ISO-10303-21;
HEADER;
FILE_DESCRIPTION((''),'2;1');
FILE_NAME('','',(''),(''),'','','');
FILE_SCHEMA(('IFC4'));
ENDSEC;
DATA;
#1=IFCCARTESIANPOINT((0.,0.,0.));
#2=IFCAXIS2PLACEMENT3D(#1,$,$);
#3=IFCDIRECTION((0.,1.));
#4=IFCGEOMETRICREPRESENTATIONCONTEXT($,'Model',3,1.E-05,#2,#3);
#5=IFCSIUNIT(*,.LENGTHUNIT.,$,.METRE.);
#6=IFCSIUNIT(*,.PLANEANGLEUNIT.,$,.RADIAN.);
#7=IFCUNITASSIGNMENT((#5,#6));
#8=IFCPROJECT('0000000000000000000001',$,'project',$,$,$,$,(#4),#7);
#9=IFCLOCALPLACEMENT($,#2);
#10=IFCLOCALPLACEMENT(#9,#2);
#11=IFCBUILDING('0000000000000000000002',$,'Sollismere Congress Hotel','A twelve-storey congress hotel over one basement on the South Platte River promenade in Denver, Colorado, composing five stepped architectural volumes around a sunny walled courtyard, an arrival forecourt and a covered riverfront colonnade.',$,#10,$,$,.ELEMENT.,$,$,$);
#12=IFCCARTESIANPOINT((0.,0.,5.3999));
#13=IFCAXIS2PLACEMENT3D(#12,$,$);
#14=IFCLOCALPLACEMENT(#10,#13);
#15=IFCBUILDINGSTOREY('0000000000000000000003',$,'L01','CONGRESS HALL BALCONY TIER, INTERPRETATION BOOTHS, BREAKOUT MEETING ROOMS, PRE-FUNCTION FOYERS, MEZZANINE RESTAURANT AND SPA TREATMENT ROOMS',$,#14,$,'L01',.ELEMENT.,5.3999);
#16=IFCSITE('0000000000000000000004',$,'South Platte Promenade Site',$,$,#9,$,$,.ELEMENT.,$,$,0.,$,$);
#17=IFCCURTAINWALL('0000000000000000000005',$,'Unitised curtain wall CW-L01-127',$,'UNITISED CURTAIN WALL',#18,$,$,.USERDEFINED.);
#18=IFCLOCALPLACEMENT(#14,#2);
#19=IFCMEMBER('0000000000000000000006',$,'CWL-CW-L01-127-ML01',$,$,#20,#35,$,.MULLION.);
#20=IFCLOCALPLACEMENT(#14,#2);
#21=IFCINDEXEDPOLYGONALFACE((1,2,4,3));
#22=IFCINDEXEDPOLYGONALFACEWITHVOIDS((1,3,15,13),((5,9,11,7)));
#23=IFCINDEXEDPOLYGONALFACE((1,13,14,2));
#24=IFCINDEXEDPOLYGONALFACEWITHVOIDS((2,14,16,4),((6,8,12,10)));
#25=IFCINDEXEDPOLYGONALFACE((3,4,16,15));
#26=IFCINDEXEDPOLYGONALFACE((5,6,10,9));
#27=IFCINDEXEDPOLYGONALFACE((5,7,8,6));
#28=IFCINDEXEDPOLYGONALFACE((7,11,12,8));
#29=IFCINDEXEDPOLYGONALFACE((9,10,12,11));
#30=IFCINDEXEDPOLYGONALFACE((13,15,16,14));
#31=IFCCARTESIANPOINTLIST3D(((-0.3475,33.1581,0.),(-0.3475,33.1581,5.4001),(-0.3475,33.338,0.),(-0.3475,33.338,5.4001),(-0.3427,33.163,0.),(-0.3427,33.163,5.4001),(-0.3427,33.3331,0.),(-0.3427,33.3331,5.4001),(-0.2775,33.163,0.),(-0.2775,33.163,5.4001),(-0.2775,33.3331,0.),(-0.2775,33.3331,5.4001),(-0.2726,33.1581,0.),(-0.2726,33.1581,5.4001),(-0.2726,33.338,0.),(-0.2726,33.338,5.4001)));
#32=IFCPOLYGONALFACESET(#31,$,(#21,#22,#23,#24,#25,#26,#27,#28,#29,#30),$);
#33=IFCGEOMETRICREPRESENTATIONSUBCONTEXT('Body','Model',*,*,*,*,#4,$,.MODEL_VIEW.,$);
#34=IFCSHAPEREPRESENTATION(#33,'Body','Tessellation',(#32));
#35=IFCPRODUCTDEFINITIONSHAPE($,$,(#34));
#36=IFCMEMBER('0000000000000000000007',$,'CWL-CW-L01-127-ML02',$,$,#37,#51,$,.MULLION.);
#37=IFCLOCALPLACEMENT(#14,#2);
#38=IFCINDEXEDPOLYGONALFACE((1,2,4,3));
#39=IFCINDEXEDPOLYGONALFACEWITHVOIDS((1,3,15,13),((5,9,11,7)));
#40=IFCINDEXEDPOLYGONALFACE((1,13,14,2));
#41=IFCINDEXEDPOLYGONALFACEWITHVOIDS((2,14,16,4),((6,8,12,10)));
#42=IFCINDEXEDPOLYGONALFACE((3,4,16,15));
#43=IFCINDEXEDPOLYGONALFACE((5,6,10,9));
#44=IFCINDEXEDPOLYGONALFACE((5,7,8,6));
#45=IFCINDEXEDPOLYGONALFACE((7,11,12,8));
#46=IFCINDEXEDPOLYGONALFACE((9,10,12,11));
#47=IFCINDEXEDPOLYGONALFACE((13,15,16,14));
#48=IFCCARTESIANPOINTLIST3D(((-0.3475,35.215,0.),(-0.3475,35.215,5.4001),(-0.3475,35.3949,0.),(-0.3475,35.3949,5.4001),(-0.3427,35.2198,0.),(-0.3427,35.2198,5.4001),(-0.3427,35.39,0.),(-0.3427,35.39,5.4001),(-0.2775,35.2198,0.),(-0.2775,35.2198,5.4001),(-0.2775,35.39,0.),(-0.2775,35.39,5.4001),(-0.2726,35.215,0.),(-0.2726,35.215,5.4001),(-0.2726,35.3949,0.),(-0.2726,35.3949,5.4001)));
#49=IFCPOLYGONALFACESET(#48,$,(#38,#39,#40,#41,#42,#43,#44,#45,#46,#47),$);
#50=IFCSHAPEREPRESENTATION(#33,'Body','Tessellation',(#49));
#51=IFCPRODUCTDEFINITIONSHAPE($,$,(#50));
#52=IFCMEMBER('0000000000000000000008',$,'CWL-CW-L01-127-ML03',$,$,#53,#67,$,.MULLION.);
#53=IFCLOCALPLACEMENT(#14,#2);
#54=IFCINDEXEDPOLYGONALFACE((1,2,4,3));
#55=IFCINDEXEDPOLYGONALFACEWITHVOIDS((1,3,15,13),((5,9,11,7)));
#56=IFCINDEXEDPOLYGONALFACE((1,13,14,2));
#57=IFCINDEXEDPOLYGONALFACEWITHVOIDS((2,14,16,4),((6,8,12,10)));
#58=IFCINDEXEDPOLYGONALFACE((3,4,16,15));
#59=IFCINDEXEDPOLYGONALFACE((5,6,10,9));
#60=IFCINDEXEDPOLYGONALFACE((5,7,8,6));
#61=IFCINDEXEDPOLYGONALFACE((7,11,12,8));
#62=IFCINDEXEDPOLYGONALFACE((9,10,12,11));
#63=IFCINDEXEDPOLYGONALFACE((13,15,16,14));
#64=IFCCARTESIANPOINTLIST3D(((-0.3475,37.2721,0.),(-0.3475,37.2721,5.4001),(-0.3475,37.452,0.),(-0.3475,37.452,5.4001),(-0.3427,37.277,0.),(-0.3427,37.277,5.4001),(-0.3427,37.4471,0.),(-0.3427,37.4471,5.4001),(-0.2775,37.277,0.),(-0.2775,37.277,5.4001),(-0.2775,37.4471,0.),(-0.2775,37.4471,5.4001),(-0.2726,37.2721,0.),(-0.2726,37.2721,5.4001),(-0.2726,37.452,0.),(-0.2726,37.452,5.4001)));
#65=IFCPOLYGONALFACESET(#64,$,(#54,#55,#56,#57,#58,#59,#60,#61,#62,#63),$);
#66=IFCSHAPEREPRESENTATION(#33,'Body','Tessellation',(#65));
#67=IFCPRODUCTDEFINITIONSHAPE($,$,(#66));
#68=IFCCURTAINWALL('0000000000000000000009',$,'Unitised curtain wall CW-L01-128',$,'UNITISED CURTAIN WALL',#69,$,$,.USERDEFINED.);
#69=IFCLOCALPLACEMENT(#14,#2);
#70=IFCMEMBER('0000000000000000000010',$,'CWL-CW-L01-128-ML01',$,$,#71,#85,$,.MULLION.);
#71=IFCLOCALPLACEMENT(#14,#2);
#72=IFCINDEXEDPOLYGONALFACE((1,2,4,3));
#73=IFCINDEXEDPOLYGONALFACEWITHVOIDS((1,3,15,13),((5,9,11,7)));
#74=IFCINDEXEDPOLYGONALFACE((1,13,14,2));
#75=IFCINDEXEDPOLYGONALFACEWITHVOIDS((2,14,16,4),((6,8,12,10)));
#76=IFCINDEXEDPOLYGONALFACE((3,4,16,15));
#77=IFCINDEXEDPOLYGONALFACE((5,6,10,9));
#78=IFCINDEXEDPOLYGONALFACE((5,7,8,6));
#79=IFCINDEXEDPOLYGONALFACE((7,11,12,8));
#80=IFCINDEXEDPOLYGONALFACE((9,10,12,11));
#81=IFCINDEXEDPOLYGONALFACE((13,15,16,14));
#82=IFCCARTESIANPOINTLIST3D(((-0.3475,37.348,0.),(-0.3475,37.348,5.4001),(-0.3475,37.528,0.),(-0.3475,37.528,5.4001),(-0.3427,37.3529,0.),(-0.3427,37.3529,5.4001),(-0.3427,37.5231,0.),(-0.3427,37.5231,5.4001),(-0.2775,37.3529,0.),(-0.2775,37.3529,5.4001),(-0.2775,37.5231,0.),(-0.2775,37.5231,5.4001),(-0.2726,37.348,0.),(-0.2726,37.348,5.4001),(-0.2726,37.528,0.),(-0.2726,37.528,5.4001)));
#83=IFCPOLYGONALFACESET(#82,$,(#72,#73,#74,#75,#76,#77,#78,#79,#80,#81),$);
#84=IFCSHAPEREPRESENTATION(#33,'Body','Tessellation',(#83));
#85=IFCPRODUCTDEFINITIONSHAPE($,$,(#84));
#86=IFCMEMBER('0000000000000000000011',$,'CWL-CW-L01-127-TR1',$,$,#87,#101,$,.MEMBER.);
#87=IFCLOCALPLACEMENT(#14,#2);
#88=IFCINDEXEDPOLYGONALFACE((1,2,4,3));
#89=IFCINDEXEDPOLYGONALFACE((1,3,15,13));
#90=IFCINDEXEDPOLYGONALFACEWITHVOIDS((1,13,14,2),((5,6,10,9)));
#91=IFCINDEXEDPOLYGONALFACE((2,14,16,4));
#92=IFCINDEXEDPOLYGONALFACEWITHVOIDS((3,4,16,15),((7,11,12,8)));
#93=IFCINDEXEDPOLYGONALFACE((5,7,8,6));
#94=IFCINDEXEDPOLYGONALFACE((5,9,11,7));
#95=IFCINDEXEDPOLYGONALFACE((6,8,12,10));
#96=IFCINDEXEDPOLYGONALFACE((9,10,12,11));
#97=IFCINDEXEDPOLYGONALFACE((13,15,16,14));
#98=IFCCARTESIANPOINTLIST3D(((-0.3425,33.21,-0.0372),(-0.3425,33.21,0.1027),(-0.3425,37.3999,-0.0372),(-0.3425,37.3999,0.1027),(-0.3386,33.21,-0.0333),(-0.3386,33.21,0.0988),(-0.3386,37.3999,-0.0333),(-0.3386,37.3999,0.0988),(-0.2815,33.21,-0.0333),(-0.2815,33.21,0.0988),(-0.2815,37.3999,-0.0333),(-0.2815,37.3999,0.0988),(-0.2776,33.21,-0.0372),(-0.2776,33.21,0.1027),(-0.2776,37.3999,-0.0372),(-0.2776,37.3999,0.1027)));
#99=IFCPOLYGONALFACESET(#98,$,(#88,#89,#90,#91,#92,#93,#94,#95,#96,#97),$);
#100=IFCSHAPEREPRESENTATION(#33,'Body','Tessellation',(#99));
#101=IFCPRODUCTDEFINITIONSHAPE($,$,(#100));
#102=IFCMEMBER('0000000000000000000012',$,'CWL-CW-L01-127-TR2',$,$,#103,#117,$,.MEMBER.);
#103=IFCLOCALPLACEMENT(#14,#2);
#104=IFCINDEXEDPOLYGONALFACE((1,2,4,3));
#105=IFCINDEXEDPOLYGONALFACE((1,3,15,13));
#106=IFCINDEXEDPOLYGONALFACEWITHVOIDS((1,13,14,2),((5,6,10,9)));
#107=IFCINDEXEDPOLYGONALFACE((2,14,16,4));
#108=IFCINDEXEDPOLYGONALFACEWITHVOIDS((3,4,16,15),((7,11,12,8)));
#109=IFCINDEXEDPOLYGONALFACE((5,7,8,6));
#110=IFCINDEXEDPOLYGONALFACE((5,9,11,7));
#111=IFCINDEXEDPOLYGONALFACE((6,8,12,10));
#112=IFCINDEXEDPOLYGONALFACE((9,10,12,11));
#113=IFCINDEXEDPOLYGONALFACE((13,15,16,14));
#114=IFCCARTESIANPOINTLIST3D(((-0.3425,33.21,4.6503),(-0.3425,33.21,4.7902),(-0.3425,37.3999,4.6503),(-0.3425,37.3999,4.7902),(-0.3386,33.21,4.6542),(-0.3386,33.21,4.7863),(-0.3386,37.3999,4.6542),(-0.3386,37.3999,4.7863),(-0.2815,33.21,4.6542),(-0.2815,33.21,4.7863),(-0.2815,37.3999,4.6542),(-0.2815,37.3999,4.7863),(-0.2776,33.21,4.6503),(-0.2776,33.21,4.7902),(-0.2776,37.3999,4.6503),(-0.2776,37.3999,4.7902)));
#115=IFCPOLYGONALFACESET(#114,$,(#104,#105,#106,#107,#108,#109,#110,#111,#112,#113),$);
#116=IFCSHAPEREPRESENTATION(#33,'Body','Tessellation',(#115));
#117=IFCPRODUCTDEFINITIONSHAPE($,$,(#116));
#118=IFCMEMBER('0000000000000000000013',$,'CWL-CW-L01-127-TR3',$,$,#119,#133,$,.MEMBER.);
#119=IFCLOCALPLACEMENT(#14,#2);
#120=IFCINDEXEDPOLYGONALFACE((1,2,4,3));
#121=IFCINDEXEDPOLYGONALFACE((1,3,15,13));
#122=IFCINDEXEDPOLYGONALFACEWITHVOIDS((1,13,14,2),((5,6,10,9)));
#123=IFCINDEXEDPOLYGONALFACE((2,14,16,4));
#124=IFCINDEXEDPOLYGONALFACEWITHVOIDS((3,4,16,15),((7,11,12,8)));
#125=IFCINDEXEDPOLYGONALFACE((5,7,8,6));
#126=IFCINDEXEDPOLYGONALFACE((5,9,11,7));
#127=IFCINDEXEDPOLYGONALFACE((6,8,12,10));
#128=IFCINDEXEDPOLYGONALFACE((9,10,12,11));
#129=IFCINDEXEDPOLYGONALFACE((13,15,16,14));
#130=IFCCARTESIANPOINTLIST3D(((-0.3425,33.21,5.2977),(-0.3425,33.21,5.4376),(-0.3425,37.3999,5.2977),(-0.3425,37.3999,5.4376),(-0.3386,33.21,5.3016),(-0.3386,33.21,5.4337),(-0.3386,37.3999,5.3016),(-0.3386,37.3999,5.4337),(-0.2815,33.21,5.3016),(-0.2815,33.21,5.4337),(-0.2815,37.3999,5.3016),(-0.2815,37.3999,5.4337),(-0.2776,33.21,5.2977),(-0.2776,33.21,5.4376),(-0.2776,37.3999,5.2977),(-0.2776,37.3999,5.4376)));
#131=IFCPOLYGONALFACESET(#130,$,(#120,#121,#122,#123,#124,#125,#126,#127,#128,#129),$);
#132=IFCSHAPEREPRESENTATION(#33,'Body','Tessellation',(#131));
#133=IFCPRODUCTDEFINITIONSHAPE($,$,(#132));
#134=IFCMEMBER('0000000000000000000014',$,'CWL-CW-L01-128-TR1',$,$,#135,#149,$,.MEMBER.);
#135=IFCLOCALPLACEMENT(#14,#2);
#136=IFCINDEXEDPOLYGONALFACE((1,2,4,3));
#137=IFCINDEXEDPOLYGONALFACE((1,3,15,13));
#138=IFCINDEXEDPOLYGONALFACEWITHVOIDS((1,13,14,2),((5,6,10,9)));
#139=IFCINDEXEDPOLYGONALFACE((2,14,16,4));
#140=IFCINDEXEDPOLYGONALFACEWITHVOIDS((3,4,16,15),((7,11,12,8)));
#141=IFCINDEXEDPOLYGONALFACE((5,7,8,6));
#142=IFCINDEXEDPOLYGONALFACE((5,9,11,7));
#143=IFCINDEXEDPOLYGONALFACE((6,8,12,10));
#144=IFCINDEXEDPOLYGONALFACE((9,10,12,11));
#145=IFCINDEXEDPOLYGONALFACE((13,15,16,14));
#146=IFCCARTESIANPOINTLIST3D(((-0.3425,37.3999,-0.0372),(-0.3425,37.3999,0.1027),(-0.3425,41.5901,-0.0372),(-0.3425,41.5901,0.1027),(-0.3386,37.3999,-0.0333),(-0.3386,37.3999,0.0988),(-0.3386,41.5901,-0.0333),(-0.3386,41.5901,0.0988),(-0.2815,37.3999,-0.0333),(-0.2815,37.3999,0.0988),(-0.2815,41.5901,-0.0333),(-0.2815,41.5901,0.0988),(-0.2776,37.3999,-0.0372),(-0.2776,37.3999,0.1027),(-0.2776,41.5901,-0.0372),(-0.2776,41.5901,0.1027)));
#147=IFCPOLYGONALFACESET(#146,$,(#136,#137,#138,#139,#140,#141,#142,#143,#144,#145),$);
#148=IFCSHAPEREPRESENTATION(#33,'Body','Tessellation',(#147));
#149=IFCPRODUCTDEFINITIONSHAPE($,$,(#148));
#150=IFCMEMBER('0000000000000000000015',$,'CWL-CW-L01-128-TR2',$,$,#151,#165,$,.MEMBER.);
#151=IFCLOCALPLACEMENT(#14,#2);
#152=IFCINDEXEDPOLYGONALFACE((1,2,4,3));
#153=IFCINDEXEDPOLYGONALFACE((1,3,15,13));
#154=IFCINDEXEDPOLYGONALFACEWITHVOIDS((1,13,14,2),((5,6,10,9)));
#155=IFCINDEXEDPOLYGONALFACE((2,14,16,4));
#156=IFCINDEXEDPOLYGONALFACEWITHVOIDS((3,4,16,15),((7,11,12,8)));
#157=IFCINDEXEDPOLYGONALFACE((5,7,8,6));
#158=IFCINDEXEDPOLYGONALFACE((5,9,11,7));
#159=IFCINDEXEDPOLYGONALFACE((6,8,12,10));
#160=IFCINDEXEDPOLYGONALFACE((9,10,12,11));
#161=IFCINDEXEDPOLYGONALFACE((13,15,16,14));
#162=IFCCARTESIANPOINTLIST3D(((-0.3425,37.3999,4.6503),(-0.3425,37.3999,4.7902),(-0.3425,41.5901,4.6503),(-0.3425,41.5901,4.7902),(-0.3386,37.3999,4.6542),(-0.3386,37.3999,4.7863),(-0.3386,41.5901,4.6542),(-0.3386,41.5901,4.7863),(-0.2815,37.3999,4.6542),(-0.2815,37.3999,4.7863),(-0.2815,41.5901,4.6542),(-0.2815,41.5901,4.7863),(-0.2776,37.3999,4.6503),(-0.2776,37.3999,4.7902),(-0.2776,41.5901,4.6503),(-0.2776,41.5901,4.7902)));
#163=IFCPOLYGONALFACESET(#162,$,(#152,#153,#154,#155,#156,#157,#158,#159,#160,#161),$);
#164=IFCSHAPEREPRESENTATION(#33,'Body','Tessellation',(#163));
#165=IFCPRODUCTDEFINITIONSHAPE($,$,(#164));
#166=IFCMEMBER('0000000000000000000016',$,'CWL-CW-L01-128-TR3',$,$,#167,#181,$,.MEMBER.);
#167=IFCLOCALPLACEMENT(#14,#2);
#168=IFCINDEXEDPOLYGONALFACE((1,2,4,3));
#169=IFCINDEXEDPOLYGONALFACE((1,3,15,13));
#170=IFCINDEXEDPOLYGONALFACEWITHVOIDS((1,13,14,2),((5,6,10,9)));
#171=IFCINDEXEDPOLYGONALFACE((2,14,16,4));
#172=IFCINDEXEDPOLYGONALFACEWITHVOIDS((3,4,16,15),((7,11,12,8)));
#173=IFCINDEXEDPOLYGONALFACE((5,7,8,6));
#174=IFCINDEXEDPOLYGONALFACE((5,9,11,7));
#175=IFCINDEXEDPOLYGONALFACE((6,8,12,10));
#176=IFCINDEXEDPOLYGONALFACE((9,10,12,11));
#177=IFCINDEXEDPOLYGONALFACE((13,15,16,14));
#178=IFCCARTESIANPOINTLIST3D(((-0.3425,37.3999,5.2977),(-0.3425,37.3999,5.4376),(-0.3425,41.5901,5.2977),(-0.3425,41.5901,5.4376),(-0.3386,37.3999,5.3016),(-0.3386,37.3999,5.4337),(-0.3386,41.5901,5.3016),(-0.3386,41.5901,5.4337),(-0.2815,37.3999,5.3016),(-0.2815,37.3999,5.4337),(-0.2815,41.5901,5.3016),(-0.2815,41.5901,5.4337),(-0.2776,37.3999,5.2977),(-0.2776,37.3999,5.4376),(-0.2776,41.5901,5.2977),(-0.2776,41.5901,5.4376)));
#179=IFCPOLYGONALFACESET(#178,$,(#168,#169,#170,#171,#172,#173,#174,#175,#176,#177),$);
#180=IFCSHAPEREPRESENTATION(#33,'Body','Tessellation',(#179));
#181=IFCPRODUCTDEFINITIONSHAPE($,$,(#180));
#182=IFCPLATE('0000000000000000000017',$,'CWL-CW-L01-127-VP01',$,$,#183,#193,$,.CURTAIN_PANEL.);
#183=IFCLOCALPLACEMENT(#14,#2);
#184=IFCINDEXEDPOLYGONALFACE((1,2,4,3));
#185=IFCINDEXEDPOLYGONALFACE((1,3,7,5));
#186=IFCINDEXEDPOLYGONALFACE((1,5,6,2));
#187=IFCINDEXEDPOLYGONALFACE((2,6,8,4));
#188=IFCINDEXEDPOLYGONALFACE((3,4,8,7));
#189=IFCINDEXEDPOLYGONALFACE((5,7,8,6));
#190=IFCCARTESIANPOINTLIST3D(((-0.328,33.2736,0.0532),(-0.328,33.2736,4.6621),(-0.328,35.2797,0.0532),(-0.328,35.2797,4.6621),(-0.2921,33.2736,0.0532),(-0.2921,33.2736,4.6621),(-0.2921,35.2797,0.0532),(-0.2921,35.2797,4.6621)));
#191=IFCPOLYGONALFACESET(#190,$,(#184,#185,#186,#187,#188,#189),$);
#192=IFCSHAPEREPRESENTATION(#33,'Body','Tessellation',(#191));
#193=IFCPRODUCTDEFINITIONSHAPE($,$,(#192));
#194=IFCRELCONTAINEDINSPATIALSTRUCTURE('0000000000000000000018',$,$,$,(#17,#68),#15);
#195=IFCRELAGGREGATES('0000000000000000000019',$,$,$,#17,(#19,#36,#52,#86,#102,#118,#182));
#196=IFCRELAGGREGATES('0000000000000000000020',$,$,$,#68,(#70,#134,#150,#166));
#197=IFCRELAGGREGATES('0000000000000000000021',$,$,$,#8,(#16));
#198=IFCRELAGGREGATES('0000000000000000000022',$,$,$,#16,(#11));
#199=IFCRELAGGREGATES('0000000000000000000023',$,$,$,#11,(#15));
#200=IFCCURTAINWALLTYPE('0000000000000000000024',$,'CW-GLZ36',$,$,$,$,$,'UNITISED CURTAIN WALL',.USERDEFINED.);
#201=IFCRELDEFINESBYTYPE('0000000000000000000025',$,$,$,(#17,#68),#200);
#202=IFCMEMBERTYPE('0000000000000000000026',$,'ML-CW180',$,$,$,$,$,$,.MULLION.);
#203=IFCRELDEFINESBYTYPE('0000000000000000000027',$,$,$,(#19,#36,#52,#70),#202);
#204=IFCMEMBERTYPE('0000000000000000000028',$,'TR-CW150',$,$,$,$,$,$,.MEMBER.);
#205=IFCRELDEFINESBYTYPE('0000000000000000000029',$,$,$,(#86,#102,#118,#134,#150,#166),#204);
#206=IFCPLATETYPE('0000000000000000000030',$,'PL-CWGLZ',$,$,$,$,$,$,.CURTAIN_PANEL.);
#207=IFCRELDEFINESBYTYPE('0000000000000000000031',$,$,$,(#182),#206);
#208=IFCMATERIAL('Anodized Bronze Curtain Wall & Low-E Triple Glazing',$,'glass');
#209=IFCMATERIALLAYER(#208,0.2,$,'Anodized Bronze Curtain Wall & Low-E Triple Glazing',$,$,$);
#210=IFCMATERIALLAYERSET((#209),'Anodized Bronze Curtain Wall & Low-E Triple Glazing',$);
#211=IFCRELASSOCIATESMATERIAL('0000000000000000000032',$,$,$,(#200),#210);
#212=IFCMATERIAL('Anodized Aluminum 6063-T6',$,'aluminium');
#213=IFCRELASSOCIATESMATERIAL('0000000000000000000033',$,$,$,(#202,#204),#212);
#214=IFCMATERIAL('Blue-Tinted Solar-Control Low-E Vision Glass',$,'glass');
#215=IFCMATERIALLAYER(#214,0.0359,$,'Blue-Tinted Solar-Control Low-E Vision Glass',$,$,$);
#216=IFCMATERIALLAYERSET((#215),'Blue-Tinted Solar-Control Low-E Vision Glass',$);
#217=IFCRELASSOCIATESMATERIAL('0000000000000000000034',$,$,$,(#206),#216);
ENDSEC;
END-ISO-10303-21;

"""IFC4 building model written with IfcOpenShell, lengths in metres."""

from ifc_helpers import new_model, si_unit, direction, frame, origin, origin_2d, place, context, subcontext, project, spatial, rectangle, hollow_rectangle, extrude, material, layer, layer_set, material_profile, profile_set, type_object, element, aggregate, save


model = new_model("IFC4")

# Units and contexts
model_context = context("Model", 3, precision=1e-05, world=origin(), true_north=direction((0.0, 1.0)))
body_context = subcontext(model_context, "Body", "Model", "MODEL_VIEW")
ifc_project = project(units=[si_unit("LENGTHUNIT", "METRE"), si_unit("PLANEANGLEUNIT", "RADIAN")], contexts=[model_context])

# Site, building, storey
site_placement = place(None, origin())
site = spatial("IfcSite", under=ifc_project, at=site_placement, Name="South Platte Promenade Site", CompositionType="ELEMENT", RefElevation=0.0)
building_placement = place(site_placement, origin())
building = spatial("IfcBuilding", under=site, at=building_placement, Name="Sollismere Congress Hotel", Description="A twelve-storey congress hotel over one basement on the South Platte River promenade in Denver, Colorado, composing five stepped architectural volumes around a sunny walled courtyard, an arrival forecourt and a covered riverfront colonnade.", CompositionType="ELEMENT")
storey_placement = place(building_placement, frame((0.0, 0.0, 5.3999)))
storey = spatial("IfcBuildingStorey", under=building, at=storey_placement, Name="L01", Description="CONGRESS HALL BALCONY TIER, INTERPRETATION BOOTHS, BREAKOUT MEETING ROOMS, PRE-FUNCTION FOYERS, MEZZANINE RESTAURANT AND SPA TREATMENT ROOMS", LongName="L01", CompositionType="ELEMENT", Elevation=5.3999)

# Curtain wall, members
ifc_material_1 = material(Name="Anodized Bronze Curtain Wall & Low-E Triple Glazing", Category="glass")
ifc_layer_1 = layer(ifc_material_1, 0.2, Name="Anodized Bronze Curtain Wall & Low-E Triple Glazing")
ifc_layer_set_1 = layer_set([ifc_layer_1], Name="Anodized Bronze Curtain Wall & Low-E Triple Glazing")
curtain_wall_type = type_object("IfcCurtainWallType", Name="CW-GLZ36", ElementType="UNITISED CURTAIN WALL", PredefinedType="USERDEFINED", material=ifc_layer_set_1)
curtain_wall_1_placement = place(storey_placement, origin())
curtain_wall_1 = element("IfcCurtainWall", 1, at=curtain_wall_1_placement, inside=storey, type_object=curtain_wall_type, Name="Unitised curtain wall CW-L01-127", ObjectType="UNITISED CURTAIN WALL", PredefinedType="USERDEFINED")
ifc_material_2 = material(Name="Anodized Aluminum 6063-T6", Category="aluminium")
ifc_material_profile_1 = material_profile(ifc_material_2, hollow_rectangle(XDim=0.075, YDim=0.1799, WallThickness=0.0049, at=origin_2d()), Name="ALU180X75X5")
ifc_profile_set_1 = profile_set([ifc_material_profile_1], Name="Anodized Aluminum 6063-T6")
member_type_1 = type_object("IfcMemberType", Name="ML-CW180", PredefinedType="MULLION", material=ifc_profile_set_1)
member_1_placement = place(storey_placement, frame((-0.3101, 33.248, 0.0), z_axis=(0.0, 0.0, 1.0), x_axis=(-1.0, 0.0, 0.0)))
member_1 = element("IfcMember", 2, at=member_1_placement, type_object=member_type_1, Name="CWL-CW-L01-127-ML01", PredefinedType="MULLION", context=body_context, shape_type="SweptSolid", body=[
    extrude(hollow_rectangle(XDim=0.075, YDim=0.1799, WallThickness=0.0049, at=origin_2d()), origin(), (0.0, 0.0, 1.0), 5.4001),
])
member_2_placement = place(storey_placement, frame((-0.3101, 35.3049, 0.0), z_axis=(0.0, 0.0, 1.0), x_axis=(-1.0, 0.0, 0.0)))
member_2 = element("IfcMember", 3, at=member_2_placement, type_object=member_type_1, Name="CWL-CW-L01-127-ML02", PredefinedType="MULLION", context=body_context, shape_type="SweptSolid", body=[
    extrude(hollow_rectangle(XDim=0.075, YDim=0.1799, WallThickness=0.0049, at=origin_2d()), origin(), (0.0, 0.0, 1.0), 5.4001),
])
member_3_placement = place(storey_placement, frame((-0.3101, 37.3621, 0.0), z_axis=(0.0, 0.0, 1.0), x_axis=(-1.0, 0.0, 0.0)))
member_3 = element("IfcMember", 4, at=member_3_placement, type_object=member_type_1, Name="CWL-CW-L01-127-ML03", PredefinedType="MULLION", context=body_context, shape_type="SweptSolid", body=[
    extrude(hollow_rectangle(XDim=0.075, YDim=0.1799, WallThickness=0.0049, at=origin_2d()), origin(), (0.0, 0.0, 1.0), 5.4001),
])

# Curtain wall, member
curtain_wall_2_placement = place(storey_placement, origin())
curtain_wall_2 = element("IfcCurtainWall", 5, at=curtain_wall_2_placement, inside=storey, type_object=curtain_wall_type, Name="Unitised curtain wall CW-L01-128", ObjectType="UNITISED CURTAIN WALL", PredefinedType="USERDEFINED")
member_4_placement = place(storey_placement, frame((-0.3101, 37.438, 0.0), z_axis=(0.0, 0.0, 1.0), x_axis=(-1.0, 0.0, 0.0)))
member_4 = element("IfcMember", 6, at=member_4_placement, type_object=member_type_1, Name="CWL-CW-L01-128-ML01", PredefinedType="MULLION", context=body_context, shape_type="SweptSolid", body=[
    extrude(hollow_rectangle(XDim=0.075, YDim=0.1799, WallThickness=0.0049, at=origin_2d()), origin(), (0.0, 0.0, 1.0), 5.4001),
])

# Members
ifc_material_profile_2 = material_profile(ifc_material_2, hollow_rectangle(XDim=0.0649, YDim=0.1399, WallThickness=0.0039, at=origin_2d()), Name="ALU140X65X4")
ifc_profile_set_2 = profile_set([ifc_material_profile_2], Name="Anodized Aluminum 6063-T6")
member_type_2 = type_object("IfcMemberType", Name="TR-CW150", PredefinedType="MEMBER", material=ifc_profile_set_2)
member_5_placement = place(storey_placement, frame((-0.3101, 33.21, 0.0327), z_axis=(0.0, 1.0, 0.0), x_axis=(-1.0, 0.0, 0.0)))
member_5 = element("IfcMember", 7, at=member_5_placement, type_object=member_type_2, Name="CWL-CW-L01-127-TR1", PredefinedType="MEMBER", context=body_context, shape_type="SweptSolid", body=[
    extrude(hollow_rectangle(XDim=0.0649, YDim=0.1399, WallThickness=0.0039, at=origin_2d()), origin(), (0.0, 0.0, 1.0), 4.1899),
])
member_6_placement = place(storey_placement, frame((-0.3101, 33.21, 4.7202), z_axis=(0.0, 1.0, 0.0), x_axis=(-1.0, 0.0, 0.0)))
member_6 = element("IfcMember", 8, at=member_6_placement, type_object=member_type_2, Name="CWL-CW-L01-127-TR2", PredefinedType="MEMBER", context=body_context, shape_type="SweptSolid", body=[
    extrude(hollow_rectangle(XDim=0.0649, YDim=0.1399, WallThickness=0.0039, at=origin_2d()), origin(), (0.0, 0.0, 1.0), 4.1899),
])
member_7_placement = place(storey_placement, frame((-0.3101, 33.21, 5.3677), z_axis=(0.0, 1.0, 0.0), x_axis=(-1.0, 0.0, 0.0)))
member_7 = element("IfcMember", 9, at=member_7_placement, type_object=member_type_2, Name="CWL-CW-L01-127-TR3", PredefinedType="MEMBER", context=body_context, shape_type="SweptSolid", body=[
    extrude(hollow_rectangle(XDim=0.0649, YDim=0.1399, WallThickness=0.0039, at=origin_2d()), origin(), (0.0, 0.0, 1.0), 4.1899),
])
member_8_placement = place(storey_placement, frame((-0.3101, 37.3999, 0.0327), z_axis=(0.0, 1.0, 0.0), x_axis=(-1.0, 0.0, 0.0)))
member_8 = element("IfcMember", 10, at=member_8_placement, type_object=member_type_2, Name="CWL-CW-L01-128-TR1", PredefinedType="MEMBER", context=body_context, shape_type="SweptSolid", body=[
    extrude(hollow_rectangle(XDim=0.0649, YDim=0.1399, WallThickness=0.0039, at=origin_2d()), origin(), (0.0, 0.0, 1.0), 4.1902),
])
member_9_placement = place(storey_placement, frame((-0.3101, 37.3999, 4.7202), z_axis=(0.0, 1.0, 0.0), x_axis=(-1.0, 0.0, 0.0)))
member_9 = element("IfcMember", 11, at=member_9_placement, type_object=member_type_2, Name="CWL-CW-L01-128-TR2", PredefinedType="MEMBER", context=body_context, shape_type="SweptSolid", body=[
    extrude(hollow_rectangle(XDim=0.0649, YDim=0.1399, WallThickness=0.0039, at=origin_2d()), origin(), (0.0, 0.0, 1.0), 4.1902),
])
member_10_placement = place(storey_placement, frame((-0.3101, 37.3999, 5.3677), z_axis=(0.0, 1.0, 0.0), x_axis=(-1.0, 0.0, 0.0)))
member_10 = element("IfcMember", 12, at=member_10_placement, type_object=member_type_2, Name="CWL-CW-L01-128-TR3", PredefinedType="MEMBER", context=body_context, shape_type="SweptSolid", body=[
    extrude(hollow_rectangle(XDim=0.0649, YDim=0.1399, WallThickness=0.0039, at=origin_2d()), origin(), (0.0, 0.0, 1.0), 4.1902),
])

# Plate
ifc_material_3 = material(Name="Blue-Tinted Solar-Control Low-E Vision Glass", Category="glass")
ifc_layer_2 = layer(ifc_material_3, 0.0359, Name="Blue-Tinted Solar-Control Low-E Vision Glass")
ifc_layer_set_2 = layer_set([ifc_layer_2], Name="Blue-Tinted Solar-Control Low-E Vision Glass")
plate_type_1 = type_object("IfcPlateType", Name="PL-CWGLZ", PredefinedType="CURTAIN_PANEL", material=ifc_layer_set_2)
plate_1_placement = place(storey_placement, frame((-0.3101, 34.2766, 0.0532), z_axis=(0.0, 0.0, 1.0), x_axis=(0.0, 1.0, 0.0)))
plate_1 = element("IfcPlate", 13, at=plate_1_placement, type_object=plate_type_1, Name="CWL-CW-L01-127-VP01", PredefinedType="CURTAIN_PANEL", context=body_context, shape_type="SweptSolid", body=[
    extrude(rectangle(XDim=2.0061, YDim=0.0359, at=origin_2d()), origin(), (0.0, 0.0, 1.0), 4.6089),
])
aggregate(curtain_wall_1, [member_1, member_2, member_3, member_5, member_6, member_7, plate_1])
aggregate(curtain_wall_2, [member_4, member_8, member_9, member_10])

save(model, "model.ifc")
